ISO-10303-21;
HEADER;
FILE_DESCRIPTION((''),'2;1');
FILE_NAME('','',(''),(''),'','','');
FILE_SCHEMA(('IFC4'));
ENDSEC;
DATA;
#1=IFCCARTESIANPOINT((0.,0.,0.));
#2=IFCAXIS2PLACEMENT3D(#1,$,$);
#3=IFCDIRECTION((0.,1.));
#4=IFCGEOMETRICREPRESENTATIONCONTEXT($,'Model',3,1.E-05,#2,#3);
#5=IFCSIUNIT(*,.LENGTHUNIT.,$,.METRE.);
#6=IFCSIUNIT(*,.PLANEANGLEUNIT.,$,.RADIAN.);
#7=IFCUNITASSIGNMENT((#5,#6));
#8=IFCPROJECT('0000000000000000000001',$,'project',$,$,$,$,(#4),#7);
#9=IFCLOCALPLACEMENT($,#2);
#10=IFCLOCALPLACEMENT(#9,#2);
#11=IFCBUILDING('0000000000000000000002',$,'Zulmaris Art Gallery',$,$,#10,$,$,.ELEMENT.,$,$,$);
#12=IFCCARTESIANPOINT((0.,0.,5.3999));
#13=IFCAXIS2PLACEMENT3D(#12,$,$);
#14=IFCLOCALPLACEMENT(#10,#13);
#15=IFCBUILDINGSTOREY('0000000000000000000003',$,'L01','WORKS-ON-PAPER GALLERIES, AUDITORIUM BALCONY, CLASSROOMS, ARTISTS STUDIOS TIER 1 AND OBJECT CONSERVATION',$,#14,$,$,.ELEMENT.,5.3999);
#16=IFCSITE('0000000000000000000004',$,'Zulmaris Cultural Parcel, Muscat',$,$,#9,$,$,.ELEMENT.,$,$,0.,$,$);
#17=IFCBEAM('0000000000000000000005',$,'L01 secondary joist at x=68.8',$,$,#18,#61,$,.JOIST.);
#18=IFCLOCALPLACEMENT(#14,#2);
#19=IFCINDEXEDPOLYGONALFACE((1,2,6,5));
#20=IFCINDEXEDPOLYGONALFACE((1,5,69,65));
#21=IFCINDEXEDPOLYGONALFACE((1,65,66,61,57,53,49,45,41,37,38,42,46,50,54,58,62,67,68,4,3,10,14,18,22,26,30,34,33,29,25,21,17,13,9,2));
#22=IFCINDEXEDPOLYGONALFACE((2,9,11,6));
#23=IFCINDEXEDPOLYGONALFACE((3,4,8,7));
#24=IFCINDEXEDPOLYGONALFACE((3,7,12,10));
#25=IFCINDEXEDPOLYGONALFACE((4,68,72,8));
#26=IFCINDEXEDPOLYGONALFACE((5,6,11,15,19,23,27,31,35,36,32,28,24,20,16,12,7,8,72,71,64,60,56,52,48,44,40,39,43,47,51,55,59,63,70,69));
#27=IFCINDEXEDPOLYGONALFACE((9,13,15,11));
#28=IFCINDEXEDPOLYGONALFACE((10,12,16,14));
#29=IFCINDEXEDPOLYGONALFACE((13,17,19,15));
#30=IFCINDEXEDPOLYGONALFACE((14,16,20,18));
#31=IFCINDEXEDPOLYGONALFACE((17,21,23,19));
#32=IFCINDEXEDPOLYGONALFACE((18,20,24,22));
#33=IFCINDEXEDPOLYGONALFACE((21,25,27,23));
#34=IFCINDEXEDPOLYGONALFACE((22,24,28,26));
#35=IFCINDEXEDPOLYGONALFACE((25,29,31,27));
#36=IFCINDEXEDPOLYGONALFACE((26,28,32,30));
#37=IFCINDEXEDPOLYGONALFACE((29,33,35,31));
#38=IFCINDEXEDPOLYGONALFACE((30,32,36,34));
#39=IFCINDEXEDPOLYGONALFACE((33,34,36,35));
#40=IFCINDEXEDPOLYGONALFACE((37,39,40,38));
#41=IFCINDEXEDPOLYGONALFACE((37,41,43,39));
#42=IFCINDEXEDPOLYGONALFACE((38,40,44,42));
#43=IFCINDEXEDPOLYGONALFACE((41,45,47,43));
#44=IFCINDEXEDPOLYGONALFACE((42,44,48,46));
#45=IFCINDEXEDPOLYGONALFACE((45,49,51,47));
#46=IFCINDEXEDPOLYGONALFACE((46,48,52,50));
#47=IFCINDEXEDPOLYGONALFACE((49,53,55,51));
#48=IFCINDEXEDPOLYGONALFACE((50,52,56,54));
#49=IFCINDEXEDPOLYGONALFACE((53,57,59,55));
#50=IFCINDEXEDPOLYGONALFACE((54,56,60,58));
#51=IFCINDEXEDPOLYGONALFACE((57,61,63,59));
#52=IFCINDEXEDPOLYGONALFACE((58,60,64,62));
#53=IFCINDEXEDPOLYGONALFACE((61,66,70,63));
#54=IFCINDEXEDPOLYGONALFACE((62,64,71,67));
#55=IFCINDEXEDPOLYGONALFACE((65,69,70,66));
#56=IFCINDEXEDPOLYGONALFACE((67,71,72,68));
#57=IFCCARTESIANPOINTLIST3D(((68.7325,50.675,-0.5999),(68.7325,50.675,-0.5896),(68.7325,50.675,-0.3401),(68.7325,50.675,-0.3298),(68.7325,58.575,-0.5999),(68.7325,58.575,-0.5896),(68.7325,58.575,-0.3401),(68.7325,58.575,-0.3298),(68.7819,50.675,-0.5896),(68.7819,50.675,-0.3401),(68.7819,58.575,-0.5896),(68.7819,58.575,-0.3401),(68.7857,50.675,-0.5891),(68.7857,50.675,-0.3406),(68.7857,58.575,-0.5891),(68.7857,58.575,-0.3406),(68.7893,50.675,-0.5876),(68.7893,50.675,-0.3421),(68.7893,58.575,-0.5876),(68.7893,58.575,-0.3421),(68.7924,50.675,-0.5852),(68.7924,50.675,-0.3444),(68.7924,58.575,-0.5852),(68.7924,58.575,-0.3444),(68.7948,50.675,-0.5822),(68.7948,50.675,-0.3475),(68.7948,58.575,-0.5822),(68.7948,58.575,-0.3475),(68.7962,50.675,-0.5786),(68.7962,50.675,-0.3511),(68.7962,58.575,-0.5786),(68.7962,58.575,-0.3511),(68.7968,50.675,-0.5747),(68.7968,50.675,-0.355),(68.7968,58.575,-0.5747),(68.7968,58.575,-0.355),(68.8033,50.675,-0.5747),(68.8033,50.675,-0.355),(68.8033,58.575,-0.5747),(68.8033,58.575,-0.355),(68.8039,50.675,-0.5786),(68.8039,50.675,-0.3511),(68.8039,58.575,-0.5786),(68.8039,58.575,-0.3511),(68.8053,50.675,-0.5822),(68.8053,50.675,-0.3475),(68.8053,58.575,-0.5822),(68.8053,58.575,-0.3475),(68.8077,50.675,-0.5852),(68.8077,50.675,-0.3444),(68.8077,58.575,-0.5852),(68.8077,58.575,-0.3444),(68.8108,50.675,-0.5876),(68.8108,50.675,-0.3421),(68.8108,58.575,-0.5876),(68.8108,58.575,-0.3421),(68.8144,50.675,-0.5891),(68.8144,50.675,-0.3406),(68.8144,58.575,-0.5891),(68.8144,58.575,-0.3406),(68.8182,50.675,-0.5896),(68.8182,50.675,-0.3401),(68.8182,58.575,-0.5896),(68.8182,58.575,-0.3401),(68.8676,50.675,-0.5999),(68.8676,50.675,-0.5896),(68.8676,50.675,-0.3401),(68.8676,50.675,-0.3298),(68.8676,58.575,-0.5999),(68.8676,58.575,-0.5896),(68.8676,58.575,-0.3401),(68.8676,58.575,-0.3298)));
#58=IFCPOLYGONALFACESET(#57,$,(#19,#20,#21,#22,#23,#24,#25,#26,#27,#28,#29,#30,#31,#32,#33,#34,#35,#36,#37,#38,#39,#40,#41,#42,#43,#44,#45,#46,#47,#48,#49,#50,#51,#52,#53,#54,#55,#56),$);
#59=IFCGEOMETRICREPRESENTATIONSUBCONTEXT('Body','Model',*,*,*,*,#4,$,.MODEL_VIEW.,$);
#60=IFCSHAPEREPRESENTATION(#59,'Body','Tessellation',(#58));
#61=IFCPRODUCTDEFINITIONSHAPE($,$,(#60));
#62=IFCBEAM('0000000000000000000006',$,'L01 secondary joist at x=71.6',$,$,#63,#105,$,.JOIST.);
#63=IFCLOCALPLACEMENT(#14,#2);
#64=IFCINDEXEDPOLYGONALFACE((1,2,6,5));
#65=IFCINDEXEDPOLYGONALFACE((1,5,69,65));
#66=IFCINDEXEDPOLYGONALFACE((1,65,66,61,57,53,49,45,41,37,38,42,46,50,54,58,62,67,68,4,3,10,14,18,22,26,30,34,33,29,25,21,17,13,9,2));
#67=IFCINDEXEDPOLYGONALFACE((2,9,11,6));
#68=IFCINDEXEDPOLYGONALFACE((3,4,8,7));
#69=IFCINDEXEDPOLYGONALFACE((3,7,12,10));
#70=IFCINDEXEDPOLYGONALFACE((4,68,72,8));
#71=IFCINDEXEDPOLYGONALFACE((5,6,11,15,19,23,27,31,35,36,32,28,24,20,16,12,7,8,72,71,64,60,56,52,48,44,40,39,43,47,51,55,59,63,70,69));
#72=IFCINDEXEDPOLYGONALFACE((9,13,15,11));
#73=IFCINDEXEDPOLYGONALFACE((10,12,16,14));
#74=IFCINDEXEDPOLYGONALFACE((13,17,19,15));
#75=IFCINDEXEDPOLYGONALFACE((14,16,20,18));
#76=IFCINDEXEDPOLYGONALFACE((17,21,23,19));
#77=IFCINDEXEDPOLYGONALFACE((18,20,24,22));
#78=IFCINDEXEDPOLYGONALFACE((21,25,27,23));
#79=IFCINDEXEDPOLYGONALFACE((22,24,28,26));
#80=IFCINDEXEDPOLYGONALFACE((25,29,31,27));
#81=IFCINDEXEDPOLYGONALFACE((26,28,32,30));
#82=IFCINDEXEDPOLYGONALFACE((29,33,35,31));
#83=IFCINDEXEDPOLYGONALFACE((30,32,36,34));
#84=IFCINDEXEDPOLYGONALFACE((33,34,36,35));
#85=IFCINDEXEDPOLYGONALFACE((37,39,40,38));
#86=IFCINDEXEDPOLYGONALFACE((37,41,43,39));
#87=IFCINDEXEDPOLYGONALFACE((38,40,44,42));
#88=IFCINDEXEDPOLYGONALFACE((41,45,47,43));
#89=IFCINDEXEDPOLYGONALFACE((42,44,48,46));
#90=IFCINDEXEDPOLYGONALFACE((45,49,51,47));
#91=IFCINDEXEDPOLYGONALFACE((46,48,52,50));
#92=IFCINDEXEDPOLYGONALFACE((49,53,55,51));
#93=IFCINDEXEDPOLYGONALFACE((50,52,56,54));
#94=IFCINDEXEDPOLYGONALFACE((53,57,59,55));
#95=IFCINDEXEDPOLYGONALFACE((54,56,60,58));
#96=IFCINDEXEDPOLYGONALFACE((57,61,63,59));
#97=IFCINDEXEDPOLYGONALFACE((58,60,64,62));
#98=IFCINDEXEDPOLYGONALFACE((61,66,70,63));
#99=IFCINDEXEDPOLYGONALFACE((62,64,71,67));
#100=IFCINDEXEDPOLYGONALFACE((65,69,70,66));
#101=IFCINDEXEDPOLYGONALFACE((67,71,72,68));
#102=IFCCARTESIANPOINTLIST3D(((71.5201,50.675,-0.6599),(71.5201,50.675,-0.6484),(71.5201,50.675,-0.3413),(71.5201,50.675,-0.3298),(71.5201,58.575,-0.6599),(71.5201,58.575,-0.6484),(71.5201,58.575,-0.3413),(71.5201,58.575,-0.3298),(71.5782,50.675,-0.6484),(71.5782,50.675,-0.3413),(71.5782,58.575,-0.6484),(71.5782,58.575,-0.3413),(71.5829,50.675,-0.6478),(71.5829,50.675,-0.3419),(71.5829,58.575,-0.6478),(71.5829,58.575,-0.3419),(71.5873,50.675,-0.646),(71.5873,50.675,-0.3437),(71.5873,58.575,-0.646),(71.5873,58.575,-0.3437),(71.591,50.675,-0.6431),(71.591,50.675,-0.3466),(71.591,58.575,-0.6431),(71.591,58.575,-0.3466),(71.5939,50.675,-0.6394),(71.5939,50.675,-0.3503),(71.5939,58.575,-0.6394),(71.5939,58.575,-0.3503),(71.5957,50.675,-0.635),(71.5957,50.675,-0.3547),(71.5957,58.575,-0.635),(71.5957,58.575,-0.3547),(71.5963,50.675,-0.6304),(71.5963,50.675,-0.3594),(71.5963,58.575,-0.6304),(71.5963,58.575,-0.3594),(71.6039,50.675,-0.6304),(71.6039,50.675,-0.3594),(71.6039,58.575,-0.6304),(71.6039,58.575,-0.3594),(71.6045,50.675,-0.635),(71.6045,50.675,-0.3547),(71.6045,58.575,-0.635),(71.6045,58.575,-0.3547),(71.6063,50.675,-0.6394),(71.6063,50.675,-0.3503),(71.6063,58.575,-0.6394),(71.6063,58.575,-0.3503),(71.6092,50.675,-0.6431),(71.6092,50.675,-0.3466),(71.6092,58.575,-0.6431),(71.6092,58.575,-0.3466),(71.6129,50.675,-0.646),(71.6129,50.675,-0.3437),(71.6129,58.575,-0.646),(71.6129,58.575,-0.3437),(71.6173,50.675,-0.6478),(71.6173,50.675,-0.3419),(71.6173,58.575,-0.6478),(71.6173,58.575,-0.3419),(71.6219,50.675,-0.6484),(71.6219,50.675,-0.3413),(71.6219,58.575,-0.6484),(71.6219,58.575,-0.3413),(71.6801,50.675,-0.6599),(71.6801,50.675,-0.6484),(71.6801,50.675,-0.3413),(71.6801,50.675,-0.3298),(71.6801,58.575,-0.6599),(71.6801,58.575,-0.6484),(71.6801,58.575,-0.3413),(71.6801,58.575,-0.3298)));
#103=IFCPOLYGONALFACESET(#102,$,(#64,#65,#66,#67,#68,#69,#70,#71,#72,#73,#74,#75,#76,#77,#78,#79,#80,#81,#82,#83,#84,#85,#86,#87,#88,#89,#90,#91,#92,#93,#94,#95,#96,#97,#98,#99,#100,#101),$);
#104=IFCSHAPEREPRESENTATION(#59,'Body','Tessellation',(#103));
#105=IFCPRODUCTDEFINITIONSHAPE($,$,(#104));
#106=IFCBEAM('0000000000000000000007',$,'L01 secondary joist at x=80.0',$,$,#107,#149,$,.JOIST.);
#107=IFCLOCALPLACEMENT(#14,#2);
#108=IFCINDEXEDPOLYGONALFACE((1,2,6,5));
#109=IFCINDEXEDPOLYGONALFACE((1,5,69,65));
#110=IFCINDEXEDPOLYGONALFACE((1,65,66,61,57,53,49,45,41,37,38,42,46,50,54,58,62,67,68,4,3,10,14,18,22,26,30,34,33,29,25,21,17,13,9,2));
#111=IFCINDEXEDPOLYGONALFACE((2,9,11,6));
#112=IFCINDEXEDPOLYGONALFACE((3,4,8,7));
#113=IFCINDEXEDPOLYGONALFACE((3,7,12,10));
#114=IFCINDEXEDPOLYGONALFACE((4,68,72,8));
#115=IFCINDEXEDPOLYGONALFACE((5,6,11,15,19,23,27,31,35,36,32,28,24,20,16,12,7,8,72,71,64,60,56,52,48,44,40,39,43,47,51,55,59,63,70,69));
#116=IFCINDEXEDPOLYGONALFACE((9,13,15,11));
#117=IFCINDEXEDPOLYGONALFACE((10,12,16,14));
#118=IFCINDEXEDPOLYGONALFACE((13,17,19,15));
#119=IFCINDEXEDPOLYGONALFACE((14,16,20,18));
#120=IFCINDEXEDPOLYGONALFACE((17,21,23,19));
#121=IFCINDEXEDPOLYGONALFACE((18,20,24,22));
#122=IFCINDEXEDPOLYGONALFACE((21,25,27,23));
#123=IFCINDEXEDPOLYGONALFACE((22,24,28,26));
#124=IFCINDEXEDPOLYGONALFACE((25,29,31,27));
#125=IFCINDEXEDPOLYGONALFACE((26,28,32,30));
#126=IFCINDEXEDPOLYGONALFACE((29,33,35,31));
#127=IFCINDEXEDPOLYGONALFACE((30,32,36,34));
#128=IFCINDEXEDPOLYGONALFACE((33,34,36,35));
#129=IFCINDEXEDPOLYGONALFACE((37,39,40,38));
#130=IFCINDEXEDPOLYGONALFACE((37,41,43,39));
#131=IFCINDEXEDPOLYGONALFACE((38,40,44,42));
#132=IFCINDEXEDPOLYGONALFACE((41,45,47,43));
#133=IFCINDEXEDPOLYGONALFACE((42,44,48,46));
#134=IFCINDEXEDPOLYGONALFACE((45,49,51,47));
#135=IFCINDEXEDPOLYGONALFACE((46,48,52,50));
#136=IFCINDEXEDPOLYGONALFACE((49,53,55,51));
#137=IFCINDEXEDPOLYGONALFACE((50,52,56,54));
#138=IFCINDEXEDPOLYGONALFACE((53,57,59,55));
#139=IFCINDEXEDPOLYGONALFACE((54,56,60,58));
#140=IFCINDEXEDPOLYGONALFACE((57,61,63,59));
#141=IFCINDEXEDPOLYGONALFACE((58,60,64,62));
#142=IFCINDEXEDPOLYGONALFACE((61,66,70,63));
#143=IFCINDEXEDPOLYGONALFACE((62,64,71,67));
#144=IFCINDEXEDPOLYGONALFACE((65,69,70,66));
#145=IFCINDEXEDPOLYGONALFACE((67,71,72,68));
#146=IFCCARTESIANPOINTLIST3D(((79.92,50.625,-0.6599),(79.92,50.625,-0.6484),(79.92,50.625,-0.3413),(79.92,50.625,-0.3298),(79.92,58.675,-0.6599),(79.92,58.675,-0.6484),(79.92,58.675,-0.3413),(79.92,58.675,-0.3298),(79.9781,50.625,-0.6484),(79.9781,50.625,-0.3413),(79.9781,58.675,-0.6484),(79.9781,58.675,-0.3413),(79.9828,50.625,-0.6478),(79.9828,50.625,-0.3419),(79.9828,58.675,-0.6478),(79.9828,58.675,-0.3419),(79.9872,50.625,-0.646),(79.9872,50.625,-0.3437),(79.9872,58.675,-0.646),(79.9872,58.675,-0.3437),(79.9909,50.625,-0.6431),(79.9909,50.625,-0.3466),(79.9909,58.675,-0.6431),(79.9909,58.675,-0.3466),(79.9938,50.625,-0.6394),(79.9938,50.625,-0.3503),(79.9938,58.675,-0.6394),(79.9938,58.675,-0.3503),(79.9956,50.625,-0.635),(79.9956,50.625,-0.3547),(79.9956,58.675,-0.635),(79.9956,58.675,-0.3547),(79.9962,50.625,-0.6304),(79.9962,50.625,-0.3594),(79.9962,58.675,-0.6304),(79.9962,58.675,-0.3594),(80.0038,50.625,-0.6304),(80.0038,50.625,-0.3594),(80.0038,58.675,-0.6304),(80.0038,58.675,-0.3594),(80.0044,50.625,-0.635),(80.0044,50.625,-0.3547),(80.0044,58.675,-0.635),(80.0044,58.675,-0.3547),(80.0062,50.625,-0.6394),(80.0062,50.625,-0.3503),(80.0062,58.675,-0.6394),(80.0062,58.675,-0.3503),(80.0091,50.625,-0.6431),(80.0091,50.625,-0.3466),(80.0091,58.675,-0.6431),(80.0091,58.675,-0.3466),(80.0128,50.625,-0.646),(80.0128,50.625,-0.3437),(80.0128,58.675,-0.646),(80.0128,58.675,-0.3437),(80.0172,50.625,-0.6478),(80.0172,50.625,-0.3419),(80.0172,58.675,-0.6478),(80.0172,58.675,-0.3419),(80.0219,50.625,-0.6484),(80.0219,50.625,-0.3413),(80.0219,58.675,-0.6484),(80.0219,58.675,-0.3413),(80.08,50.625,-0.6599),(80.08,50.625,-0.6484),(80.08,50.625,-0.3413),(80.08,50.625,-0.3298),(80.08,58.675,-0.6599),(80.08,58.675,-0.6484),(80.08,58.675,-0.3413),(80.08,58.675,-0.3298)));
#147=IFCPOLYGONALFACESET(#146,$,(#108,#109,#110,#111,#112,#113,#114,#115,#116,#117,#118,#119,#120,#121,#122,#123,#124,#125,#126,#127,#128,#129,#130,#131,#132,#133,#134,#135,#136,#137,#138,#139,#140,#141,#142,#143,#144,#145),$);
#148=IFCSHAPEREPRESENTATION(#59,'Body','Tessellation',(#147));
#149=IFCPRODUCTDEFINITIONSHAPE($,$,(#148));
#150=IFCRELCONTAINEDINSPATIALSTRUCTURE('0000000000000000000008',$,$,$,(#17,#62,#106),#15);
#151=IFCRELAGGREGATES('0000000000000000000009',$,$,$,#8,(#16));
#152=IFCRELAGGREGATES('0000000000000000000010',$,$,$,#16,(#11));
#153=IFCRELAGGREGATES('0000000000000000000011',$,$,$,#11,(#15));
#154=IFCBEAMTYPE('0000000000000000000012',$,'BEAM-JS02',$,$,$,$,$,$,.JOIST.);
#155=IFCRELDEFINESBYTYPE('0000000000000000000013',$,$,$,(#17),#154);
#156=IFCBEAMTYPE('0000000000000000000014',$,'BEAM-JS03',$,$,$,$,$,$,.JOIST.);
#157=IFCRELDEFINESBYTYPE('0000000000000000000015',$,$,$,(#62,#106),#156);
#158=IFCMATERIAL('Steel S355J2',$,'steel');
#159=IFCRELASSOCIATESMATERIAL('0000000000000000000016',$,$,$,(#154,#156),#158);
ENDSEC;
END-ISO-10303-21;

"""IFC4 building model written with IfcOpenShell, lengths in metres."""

from ifc_helpers import new_model, si_unit, direction, frame, origin, origin_2d, place, context, subcontext, project, spatial, i_section, extrude, material, material_profile, profile_set, type_object, element, save


model = new_model("IFC4")

# Units and contexts
model_context = context("Model", 3, precision=1e-05, world=origin(), true_north=direction((0.0, 1.0)))
body_context = subcontext(model_context, "Body", "Model", "MODEL_VIEW")
ifc_project = project(units=[si_unit("LENGTHUNIT", "METRE"), si_unit("PLANEANGLEUNIT", "RADIAN")], contexts=[model_context])

# Site, building, storey
site_placement = place(None, origin())
site = spatial("IfcSite", under=ifc_project, at=site_placement, Name="Zulmaris Cultural Parcel, Muscat", CompositionType="ELEMENT", RefElevation=0.0)
building_placement = place(site_placement, origin())
building = spatial("IfcBuilding", under=site, at=building_placement, Name="Zulmaris Art Gallery", CompositionType="ELEMENT")
storey_placement = place(building_placement, frame((0.0, 0.0, 5.3999)))
storey = spatial("IfcBuildingStorey", under=building, at=storey_placement, Name="L01", Description="WORKS-ON-PAPER GALLERIES, AUDITORIUM BALCONY, CLASSROOMS, ARTISTS STUDIOS TIER 1 AND OBJECT CONSERVATION", CompositionType="ELEMENT", Elevation=5.3999)

# Beams
ifc_material_1 = material(Name="Steel S355J2", Category="steel")
ifc_material_profile_1 = material_profile(ifc_material_1, i_section(OverallWidth=0.135, OverallDepth=0.27, WebThickness=0.0066, FlangeThickness=0.0103, FilletRadius=0.0149, at=origin_2d()), Name="IPE 270")
ifc_profile_set_1 = profile_set([ifc_material_profile_1], Name="Steel S355J2")
beam_type_1 = type_object("IfcBeamType", Name="BEAM-JS02", PredefinedType="JOIST", material=ifc_profile_set_1)
beam_1_placement = place(storey_placement, frame((68.8, 50.675, -0.4648), z_axis=(0.0, 1.0, 0.0), x_axis=(-1.0, 0.0, 0.0)))
element("IfcBeam", 1, at=beam_1_placement, inside=storey, type_object=beam_type_1, Name="L01 secondary joist at x=68.8", PredefinedType="JOIST", context=body_context, shape_type="SweptSolid", body=[
    extrude(i_section(OverallWidth=0.135, OverallDepth=0.27, WebThickness=0.0066, FlangeThickness=0.0103, FilletRadius=0.0149, at=origin_2d()), origin(), (0.0, 0.0, 1.0), 7.8999),
])
ifc_material_profile_2 = material_profile(ifc_material_1, i_section(OverallWidth=0.1599, OverallDepth=0.3301, WebThickness=0.0076, FlangeThickness=0.0115, FilletRadius=0.0181, at=origin_2d()), Name="IPE 330")
ifc_profile_set_2 = profile_set([ifc_material_profile_2], Name="Steel S355J2")
beam_type_2 = type_object("IfcBeamType", Name="BEAM-JS03", PredefinedType="JOIST", material=ifc_profile_set_2)
beam_2_placement = place(storey_placement, frame((71.6001, 50.675, -0.4949), z_axis=(0.0, 1.0, 0.0), x_axis=(-1.0, 0.0, 0.0)))
element("IfcBeam", 2, at=beam_2_placement, inside=storey, type_object=beam_type_2, Name="L01 secondary joist at x=71.6", PredefinedType="JOIST", context=body_context, shape_type="SweptSolid", body=[
    extrude(i_section(OverallWidth=0.1599, OverallDepth=0.3301, WebThickness=0.0076, FlangeThickness=0.0115, FilletRadius=0.0181, at=origin_2d()), origin(), (0.0, 0.0, 1.0), 7.8999),
])
beam_3_placement = place(storey_placement, frame((80.0, 50.625, -0.4949), z_axis=(0.0, 1.0, 0.0), x_axis=(-1.0, 0.0, 0.0)))
element("IfcBeam", 3, at=beam_3_placement, inside=storey, type_object=beam_type_2, Name="L01 secondary joist at x=80.0", PredefinedType="JOIST", context=body_context, shape_type="SweptSolid", body=[
    extrude(i_section(OverallWidth=0.1599, OverallDepth=0.3301, WebThickness=0.0076, FlangeThickness=0.0115, FilletRadius=0.0181, at=origin_2d()), origin(), (0.0, 0.0, 1.0), 8.05),
])

save(model, "model.ifc")
